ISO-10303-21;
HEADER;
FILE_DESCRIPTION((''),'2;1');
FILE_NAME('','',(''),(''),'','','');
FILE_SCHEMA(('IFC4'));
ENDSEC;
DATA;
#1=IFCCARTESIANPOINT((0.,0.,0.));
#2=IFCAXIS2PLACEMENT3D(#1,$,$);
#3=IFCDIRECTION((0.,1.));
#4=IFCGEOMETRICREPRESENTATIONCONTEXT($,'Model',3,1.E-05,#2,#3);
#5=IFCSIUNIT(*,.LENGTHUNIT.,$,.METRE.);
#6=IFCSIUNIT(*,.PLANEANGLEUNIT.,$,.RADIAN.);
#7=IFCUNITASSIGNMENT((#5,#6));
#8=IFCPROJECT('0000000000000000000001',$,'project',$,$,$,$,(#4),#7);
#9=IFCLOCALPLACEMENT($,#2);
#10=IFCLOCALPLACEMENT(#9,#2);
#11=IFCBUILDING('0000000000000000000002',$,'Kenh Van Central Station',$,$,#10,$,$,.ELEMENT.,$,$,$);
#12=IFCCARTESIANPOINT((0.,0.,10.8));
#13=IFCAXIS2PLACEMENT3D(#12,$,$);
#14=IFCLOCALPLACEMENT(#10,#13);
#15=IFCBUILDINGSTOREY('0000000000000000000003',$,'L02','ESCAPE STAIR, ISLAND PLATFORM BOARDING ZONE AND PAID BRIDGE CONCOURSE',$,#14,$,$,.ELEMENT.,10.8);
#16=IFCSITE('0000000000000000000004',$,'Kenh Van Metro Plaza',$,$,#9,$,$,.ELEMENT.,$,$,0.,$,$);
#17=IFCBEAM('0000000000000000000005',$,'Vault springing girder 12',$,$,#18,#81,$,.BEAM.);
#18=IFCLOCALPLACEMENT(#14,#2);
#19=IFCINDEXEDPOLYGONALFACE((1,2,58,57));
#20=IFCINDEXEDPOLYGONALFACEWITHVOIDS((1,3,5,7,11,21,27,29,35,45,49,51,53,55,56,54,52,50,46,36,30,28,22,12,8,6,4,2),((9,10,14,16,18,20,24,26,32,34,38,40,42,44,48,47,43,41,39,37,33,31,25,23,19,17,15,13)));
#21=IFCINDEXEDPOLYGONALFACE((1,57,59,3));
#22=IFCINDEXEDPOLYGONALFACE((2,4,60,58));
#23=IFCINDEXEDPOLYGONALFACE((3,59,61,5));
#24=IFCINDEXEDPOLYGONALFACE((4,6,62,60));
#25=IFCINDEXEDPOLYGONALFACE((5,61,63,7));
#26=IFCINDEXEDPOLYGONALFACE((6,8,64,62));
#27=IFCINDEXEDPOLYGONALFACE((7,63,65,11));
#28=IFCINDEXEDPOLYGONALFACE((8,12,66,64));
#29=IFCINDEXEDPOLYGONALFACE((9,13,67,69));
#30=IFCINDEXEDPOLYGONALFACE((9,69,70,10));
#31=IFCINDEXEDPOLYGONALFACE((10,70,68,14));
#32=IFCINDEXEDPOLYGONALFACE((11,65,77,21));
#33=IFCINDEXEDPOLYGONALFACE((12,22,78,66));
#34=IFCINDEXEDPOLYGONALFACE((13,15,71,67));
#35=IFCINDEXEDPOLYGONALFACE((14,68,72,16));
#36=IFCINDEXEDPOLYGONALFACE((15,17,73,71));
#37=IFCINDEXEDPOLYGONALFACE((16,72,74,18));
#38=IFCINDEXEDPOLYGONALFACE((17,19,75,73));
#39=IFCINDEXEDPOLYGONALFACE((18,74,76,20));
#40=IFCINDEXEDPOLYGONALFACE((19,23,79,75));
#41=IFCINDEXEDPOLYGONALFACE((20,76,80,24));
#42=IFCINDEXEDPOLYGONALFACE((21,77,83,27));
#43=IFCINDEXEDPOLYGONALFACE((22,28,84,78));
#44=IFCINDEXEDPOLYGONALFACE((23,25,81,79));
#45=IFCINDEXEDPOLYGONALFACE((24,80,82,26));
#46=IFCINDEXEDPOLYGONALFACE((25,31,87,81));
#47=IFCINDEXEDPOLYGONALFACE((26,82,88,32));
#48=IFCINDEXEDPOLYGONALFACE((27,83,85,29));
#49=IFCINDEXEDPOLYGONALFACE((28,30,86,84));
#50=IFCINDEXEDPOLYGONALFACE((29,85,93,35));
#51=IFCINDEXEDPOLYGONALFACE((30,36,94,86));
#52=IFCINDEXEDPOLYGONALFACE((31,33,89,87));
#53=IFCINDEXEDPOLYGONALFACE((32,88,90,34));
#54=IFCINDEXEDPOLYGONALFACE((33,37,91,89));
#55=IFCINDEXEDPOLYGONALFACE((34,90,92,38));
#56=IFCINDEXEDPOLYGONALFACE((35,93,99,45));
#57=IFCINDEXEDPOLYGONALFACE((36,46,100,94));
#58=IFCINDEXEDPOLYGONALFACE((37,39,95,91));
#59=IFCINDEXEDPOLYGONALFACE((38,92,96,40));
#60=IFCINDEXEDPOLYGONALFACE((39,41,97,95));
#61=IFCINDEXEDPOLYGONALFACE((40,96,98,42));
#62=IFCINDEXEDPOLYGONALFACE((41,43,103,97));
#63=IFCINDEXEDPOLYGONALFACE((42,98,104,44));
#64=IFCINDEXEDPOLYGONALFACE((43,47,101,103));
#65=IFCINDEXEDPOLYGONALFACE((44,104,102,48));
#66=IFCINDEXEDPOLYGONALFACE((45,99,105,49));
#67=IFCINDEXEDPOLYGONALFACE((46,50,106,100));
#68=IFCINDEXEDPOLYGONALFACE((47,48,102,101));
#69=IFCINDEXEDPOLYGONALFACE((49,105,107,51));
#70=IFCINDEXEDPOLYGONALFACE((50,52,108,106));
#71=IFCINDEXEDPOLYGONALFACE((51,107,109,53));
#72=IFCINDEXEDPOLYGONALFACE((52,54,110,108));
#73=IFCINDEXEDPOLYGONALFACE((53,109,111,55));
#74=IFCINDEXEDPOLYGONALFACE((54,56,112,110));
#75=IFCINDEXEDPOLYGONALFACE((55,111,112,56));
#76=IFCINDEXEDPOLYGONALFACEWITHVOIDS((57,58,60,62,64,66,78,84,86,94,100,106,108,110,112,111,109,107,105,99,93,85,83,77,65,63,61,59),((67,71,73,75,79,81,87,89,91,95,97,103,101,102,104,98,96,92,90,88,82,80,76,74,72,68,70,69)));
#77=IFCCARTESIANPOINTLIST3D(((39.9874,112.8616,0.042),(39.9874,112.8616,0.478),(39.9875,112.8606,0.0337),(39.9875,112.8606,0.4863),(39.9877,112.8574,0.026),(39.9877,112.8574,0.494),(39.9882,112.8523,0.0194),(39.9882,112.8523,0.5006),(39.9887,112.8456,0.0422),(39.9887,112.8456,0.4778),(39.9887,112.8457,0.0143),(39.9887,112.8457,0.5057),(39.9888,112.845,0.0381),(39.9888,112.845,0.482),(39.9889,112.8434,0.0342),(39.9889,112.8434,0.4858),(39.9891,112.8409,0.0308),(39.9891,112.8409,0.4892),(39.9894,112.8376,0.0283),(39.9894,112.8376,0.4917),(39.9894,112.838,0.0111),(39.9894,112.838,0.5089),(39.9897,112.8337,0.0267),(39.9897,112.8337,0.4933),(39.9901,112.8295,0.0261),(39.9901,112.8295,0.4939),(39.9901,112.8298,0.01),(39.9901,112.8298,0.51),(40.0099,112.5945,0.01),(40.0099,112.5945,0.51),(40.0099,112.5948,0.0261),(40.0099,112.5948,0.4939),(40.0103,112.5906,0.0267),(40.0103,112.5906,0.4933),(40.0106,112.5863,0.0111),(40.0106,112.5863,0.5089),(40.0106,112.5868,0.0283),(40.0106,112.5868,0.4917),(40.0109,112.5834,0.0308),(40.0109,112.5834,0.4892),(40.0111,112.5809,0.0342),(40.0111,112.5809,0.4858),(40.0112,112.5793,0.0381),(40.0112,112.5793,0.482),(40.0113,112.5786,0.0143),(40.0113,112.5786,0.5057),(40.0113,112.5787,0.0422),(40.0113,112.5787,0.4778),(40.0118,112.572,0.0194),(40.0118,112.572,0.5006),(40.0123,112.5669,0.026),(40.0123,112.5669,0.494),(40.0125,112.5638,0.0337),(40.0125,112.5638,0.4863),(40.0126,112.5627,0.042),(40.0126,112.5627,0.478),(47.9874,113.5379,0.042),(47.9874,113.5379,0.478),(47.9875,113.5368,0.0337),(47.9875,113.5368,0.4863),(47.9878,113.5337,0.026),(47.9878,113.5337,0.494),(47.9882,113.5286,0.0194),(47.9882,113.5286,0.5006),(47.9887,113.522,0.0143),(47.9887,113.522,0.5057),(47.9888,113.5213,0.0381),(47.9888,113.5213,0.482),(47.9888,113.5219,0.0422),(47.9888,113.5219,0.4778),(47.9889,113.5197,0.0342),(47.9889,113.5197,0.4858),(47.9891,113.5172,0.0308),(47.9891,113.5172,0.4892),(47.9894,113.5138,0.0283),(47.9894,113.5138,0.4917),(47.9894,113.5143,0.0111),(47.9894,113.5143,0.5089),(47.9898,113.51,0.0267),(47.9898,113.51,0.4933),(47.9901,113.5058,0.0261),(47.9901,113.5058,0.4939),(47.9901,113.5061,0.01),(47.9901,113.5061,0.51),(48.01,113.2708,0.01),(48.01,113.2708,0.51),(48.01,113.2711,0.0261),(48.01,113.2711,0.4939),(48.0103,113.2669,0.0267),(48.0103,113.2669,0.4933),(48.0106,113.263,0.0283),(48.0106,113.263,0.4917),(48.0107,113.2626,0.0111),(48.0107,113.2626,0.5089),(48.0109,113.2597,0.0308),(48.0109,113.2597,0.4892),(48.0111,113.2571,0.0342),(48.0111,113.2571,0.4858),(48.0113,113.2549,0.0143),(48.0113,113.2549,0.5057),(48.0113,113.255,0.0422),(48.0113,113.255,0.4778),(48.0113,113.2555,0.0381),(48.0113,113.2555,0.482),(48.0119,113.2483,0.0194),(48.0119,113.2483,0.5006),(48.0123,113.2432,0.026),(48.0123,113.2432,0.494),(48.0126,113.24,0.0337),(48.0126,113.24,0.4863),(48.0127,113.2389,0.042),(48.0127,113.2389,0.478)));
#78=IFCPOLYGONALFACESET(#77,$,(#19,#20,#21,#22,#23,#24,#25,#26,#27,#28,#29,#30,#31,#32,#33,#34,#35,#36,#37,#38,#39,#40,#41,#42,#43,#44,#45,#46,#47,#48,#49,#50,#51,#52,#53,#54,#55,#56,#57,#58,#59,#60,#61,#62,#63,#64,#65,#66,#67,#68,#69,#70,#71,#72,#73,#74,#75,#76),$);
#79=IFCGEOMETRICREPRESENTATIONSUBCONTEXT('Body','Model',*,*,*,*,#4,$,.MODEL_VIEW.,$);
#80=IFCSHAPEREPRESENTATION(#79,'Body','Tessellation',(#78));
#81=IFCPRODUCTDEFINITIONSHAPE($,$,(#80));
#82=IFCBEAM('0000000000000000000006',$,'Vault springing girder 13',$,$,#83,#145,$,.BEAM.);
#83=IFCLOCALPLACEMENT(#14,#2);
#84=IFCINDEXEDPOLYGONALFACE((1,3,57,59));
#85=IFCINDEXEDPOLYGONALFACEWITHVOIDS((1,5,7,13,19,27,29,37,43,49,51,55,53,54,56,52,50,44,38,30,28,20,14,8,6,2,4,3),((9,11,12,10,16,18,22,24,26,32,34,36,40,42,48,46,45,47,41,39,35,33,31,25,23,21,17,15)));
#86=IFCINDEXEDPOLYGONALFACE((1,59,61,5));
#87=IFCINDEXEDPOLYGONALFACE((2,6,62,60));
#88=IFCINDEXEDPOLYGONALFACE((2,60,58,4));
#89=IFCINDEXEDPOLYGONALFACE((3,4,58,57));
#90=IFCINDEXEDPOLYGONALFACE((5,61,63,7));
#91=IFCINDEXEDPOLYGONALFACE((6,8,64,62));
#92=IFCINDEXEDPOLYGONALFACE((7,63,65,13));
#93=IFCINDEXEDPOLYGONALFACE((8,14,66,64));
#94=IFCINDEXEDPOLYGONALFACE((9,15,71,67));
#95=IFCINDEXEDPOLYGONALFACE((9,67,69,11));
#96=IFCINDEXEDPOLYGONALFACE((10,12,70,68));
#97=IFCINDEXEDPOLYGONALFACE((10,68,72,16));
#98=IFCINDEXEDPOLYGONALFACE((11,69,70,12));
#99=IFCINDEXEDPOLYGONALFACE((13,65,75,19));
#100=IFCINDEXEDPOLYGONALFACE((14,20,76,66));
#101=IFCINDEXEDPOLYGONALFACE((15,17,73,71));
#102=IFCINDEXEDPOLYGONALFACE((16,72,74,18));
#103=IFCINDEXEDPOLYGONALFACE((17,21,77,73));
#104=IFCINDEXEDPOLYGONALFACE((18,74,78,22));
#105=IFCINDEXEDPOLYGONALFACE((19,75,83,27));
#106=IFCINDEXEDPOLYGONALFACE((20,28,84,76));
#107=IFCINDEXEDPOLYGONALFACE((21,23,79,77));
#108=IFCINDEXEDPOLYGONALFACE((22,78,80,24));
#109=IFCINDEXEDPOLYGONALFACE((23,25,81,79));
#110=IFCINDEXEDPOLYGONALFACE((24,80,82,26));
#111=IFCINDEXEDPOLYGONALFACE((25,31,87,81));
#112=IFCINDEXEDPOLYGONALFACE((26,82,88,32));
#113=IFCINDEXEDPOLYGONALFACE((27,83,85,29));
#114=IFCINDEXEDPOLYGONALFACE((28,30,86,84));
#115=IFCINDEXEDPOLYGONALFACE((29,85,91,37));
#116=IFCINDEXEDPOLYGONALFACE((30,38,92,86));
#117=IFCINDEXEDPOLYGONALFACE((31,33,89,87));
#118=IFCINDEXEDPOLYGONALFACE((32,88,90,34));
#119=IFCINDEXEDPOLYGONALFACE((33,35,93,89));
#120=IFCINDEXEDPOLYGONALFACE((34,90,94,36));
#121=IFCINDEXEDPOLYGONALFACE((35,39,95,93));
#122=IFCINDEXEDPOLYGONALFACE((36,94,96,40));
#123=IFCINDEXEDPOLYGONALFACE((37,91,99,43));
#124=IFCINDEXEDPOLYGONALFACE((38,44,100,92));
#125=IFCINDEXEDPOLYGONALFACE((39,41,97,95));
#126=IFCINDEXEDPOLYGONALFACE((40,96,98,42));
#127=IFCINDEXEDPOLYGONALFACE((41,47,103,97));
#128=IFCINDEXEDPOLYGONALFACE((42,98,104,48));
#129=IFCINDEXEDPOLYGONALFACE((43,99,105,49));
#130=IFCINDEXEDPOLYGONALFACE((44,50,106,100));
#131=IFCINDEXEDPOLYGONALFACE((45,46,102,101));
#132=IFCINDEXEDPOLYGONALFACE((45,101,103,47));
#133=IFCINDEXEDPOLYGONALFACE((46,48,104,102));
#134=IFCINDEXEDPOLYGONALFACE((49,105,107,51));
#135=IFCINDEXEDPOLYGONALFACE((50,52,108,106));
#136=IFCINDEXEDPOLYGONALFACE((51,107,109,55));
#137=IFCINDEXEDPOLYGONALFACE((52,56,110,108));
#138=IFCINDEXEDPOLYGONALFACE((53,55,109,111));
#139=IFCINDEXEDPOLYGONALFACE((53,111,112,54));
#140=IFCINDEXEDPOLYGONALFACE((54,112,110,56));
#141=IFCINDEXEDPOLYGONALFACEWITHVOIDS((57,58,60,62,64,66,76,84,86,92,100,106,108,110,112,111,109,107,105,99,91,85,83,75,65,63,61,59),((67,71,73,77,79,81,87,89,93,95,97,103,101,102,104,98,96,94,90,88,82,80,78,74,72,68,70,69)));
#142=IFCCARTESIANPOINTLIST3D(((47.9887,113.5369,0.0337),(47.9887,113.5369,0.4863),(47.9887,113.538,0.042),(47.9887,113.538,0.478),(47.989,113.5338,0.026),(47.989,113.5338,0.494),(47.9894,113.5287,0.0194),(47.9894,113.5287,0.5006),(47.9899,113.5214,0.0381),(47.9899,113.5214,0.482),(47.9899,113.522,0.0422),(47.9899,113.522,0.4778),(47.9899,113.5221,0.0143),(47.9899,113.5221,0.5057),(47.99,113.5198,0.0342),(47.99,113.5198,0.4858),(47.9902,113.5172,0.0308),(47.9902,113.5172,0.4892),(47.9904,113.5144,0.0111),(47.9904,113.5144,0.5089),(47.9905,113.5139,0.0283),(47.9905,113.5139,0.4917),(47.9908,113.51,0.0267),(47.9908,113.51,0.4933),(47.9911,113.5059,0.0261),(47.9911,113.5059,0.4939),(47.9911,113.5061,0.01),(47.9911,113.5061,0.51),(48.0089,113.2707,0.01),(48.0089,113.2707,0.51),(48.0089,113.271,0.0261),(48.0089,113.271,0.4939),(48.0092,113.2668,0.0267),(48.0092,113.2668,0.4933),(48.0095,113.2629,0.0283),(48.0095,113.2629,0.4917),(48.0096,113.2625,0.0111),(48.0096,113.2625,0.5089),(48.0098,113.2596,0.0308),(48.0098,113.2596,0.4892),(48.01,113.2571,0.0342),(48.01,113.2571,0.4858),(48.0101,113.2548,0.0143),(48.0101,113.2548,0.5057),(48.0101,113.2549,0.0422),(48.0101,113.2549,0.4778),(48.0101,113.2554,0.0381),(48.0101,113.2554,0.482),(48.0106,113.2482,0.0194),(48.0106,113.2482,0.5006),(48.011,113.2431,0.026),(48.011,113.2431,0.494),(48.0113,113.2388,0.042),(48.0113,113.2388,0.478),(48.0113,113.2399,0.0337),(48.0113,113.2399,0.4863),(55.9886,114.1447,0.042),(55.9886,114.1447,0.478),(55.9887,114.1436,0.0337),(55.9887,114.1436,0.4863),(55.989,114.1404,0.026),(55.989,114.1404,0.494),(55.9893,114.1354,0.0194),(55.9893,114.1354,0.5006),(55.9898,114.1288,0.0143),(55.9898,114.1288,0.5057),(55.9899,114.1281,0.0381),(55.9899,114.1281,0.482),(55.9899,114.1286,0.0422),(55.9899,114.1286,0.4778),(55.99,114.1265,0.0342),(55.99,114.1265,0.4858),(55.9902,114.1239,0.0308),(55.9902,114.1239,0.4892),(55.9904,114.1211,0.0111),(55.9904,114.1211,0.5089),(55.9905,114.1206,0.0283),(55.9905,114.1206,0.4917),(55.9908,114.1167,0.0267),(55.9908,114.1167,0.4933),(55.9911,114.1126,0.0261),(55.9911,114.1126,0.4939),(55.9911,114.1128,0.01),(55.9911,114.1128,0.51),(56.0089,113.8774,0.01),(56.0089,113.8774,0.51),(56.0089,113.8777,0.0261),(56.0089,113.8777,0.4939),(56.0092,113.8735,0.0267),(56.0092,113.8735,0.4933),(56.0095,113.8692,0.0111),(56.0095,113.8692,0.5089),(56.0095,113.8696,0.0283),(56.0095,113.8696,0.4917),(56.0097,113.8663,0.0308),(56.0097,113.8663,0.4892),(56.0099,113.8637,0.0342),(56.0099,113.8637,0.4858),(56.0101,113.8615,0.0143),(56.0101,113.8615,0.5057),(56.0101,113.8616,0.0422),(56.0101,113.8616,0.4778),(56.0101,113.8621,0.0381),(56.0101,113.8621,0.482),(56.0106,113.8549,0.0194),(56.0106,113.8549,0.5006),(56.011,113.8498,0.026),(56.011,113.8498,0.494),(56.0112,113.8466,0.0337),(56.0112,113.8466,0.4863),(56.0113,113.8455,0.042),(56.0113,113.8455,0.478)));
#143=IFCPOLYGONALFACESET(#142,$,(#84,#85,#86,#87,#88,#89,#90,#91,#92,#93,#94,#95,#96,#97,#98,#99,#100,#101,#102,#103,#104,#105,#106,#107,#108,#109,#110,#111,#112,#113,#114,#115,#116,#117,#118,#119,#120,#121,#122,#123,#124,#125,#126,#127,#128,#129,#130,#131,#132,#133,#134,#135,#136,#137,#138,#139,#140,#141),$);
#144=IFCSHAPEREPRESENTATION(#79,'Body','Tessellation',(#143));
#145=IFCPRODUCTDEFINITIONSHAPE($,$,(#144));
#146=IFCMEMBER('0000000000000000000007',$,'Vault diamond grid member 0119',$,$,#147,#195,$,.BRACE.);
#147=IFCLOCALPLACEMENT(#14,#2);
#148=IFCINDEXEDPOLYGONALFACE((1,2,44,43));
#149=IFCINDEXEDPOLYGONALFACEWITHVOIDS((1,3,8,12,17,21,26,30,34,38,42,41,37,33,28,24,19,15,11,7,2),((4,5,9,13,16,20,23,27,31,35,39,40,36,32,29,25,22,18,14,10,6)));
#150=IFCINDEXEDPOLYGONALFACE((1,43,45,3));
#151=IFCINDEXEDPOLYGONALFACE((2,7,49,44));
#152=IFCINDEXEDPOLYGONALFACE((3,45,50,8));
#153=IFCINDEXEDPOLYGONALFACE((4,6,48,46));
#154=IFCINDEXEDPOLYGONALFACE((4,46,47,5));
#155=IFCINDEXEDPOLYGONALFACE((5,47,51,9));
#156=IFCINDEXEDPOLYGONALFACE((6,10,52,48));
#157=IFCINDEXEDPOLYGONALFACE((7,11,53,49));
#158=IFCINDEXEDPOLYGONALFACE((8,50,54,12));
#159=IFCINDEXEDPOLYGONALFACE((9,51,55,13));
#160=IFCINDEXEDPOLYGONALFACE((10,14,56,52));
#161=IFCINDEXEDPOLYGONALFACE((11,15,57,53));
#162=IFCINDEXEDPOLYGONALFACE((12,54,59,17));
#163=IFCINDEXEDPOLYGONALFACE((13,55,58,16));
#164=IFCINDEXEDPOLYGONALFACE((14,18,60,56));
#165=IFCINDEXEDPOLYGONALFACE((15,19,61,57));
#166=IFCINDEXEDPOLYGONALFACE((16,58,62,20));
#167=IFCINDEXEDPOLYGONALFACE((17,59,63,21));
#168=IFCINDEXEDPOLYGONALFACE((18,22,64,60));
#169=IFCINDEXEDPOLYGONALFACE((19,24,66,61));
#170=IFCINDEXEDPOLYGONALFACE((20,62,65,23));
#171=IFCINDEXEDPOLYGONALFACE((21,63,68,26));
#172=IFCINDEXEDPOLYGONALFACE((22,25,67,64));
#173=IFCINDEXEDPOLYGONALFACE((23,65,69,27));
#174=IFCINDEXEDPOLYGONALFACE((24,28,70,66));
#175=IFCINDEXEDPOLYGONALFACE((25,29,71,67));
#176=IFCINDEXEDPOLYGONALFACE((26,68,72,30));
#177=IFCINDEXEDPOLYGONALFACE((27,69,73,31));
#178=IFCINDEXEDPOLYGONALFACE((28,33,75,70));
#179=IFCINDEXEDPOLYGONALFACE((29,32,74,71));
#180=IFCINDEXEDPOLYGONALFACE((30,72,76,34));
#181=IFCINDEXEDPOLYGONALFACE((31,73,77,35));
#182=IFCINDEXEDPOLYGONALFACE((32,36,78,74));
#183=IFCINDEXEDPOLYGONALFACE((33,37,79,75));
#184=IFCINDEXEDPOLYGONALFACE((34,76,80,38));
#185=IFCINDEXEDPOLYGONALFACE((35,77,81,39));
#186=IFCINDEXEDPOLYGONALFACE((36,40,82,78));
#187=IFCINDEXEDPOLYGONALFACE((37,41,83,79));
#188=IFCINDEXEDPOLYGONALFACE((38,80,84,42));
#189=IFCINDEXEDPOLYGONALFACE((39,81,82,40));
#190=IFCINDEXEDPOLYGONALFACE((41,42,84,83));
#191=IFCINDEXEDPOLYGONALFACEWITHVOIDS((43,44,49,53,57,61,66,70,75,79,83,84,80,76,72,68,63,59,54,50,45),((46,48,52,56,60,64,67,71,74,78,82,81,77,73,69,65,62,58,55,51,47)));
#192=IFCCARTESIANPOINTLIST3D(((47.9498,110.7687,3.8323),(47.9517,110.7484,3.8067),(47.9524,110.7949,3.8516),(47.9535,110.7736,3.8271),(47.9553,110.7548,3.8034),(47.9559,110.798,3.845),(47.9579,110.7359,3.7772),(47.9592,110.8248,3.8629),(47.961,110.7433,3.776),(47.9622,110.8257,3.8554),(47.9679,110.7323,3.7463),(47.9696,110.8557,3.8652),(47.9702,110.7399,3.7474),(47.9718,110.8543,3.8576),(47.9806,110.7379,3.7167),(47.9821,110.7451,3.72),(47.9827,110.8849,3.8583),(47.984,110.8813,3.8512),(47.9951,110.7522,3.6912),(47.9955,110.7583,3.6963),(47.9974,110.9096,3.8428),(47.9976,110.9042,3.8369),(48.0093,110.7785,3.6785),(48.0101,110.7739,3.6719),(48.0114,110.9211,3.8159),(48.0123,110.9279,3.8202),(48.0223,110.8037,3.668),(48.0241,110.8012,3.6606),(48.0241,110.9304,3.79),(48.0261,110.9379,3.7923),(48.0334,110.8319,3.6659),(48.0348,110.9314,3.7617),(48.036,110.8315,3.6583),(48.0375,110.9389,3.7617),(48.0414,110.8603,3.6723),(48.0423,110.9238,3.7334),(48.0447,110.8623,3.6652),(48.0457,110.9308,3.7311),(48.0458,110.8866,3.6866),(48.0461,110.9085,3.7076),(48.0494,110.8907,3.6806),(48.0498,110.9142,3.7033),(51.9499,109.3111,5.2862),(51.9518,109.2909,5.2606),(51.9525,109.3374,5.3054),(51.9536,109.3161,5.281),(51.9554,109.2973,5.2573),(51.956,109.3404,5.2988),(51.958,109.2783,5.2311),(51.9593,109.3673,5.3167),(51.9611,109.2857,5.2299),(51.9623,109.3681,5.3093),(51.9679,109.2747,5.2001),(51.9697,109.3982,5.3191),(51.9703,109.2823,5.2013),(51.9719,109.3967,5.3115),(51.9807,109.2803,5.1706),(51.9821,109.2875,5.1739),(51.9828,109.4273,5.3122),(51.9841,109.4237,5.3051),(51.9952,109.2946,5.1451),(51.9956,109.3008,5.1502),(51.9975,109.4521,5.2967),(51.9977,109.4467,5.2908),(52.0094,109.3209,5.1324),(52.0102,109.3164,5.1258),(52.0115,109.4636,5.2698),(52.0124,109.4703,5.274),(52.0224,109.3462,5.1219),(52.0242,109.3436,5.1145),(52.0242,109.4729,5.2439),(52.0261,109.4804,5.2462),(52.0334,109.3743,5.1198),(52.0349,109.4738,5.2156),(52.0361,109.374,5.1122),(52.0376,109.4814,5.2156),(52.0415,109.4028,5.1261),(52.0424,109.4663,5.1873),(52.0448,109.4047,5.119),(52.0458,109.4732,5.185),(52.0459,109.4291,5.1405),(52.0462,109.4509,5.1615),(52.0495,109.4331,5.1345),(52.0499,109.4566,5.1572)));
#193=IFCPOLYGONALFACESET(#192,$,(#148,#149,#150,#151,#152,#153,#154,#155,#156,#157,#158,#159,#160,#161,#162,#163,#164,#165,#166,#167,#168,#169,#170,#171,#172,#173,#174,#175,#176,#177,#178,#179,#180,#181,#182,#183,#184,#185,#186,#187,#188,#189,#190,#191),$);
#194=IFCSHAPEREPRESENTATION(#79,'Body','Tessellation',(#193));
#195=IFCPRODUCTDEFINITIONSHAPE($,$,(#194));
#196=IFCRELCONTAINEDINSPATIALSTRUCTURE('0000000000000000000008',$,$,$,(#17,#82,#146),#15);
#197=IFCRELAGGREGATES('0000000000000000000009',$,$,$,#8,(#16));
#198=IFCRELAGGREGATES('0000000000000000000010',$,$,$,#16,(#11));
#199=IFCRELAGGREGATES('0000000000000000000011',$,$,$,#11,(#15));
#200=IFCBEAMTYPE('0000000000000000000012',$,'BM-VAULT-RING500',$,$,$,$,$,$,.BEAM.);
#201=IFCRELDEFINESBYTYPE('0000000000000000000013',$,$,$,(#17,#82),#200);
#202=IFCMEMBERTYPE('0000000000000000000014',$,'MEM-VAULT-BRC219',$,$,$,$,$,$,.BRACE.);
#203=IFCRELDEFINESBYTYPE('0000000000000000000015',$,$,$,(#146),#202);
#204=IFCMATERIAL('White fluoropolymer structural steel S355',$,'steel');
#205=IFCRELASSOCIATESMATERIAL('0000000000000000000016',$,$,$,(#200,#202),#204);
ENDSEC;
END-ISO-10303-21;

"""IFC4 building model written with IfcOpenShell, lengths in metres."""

from ifc_helpers import new_model, si_unit, direction, frame, origin, origin_2d, place, context, subcontext, project, spatial, hollow_rectangle, hollow_circle, extrude, material, material_profile, profile_set, type_object, element, save


model = new_model("IFC4")

# Units and contexts
model_context = context("Model", 3, precision=1e-05, world=origin(), true_north=direction((0.0, 1.0)))
body_context = subcontext(model_context, "Body", "Model", "MODEL_VIEW")
ifc_project = project(units=[si_unit("LENGTHUNIT", "METRE"), si_unit("PLANEANGLEUNIT", "RADIAN")], contexts=[model_context])

# Site, building, storey
site_placement = place(None, origin())
site = spatial("IfcSite", under=ifc_project, at=site_placement, Name="Kenh Van Metro Plaza", CompositionType="ELEMENT", RefElevation=0.0)
building_placement = place(site_placement, origin())
building = spatial("IfcBuilding", under=site, at=building_placement, Name="Kenh Van Central Station", CompositionType="ELEMENT")
storey_placement = place(building_placement, frame((0.0, 0.0, 10.8)))
storey = spatial("IfcBuildingStorey", under=building, at=storey_placement, Name="L02", Description="ESCAPE STAIR, ISLAND PLATFORM BOARDING ZONE AND PAID BRIDGE CONCOURSE", CompositionType="ELEMENT", Elevation=10.8)

# Beams
ifc_material_1 = material(Name="White fluoropolymer structural steel S355", Category="steel")
ifc_material_profile_1 = material_profile(ifc_material_1, hollow_rectangle(XDim=0.3, YDim=0.5, WallThickness=0.0161, InnerFilletRadius=0.0161, OuterFilletRadius=0.032, at=origin_2d()), Name="RHS 500x300x16")
ifc_profile_set_1 = profile_set([ifc_material_profile_1], Name="White fluoropolymer structural steel S355")
beam_type_1 = type_object("IfcBeamType", Name="BM-VAULT-RING500", PredefinedType="BEAM", material=ifc_profile_set_1)
beam_1_placement = place(storey_placement, frame((40.0, 112.7122, 0.26), z_axis=(0.996446, 0.084233, 0.0), x_axis=(-0.084233, 0.996446, 0.0)))
element("IfcBeam", 1, at=beam_1_placement, inside=storey, type_object=beam_type_1, Name="Vault springing girder 12", PredefinedType="BEAM", context=body_context, shape_type="SweptSolid", body=[
    extrude(hollow_rectangle(XDim=0.3, YDim=0.5, WallThickness=0.0161, InnerFilletRadius=0.0161, OuterFilletRadius=0.032, at=origin_2d()), origin(), (0.0, 0.0, 1.0), 8.0286),
])
beam_2_placement = place(storey_placement, frame((48.0, 113.3884, 0.26), z_axis=(0.997137, 0.075619, 0.0), x_axis=(-0.075619, 0.997137, 0.0)))
element("IfcBeam", 2, at=beam_2_placement, inside=storey, type_object=beam_type_1, Name="Vault springing girder 13", PredefinedType="BEAM", context=body_context, shape_type="SweptSolid", body=[
    extrude(hollow_rectangle(XDim=0.3, YDim=0.5, WallThickness=0.0161, InnerFilletRadius=0.0161, OuterFilletRadius=0.032, at=origin_2d()), origin(), (0.0, 0.0, 1.0), 8.0229),
])

# Member
ifc_material_profile_2 = material_profile(ifc_material_1, hollow_circle(Radius=0.1096, WallThickness=0.0081, at=origin_2d()), Name="CHS 219.1x8")
ifc_profile_set_2 = profile_set([ifc_material_profile_2], Name="White fluoropolymer structural steel S355")
member_type_1 = type_object("IfcMemberType", Name="MEM-VAULT-BRC219", PredefinedType="BRACE", material=ifc_profile_set_2)
member_1_placement = place(storey_placement, frame((48.0, 110.8359, 3.7617), z_axis=(0.889151, -0.323989, 0.323175), x_axis=(0.34236, 0.939569, 0.0)))
element("IfcMember", 3, at=member_1_placement, inside=storey, type_object=member_type_1, Name="Vault diamond grid member 0119", PredefinedType="BRACE", context=body_context, shape_type="SweptSolid", body=[
    extrude(hollow_circle(Radius=0.1096, WallThickness=0.0081, at=origin_2d()), origin(), (0.0, 0.0, 1.0), 4.4988),
])

save(model, "model.ifc")
